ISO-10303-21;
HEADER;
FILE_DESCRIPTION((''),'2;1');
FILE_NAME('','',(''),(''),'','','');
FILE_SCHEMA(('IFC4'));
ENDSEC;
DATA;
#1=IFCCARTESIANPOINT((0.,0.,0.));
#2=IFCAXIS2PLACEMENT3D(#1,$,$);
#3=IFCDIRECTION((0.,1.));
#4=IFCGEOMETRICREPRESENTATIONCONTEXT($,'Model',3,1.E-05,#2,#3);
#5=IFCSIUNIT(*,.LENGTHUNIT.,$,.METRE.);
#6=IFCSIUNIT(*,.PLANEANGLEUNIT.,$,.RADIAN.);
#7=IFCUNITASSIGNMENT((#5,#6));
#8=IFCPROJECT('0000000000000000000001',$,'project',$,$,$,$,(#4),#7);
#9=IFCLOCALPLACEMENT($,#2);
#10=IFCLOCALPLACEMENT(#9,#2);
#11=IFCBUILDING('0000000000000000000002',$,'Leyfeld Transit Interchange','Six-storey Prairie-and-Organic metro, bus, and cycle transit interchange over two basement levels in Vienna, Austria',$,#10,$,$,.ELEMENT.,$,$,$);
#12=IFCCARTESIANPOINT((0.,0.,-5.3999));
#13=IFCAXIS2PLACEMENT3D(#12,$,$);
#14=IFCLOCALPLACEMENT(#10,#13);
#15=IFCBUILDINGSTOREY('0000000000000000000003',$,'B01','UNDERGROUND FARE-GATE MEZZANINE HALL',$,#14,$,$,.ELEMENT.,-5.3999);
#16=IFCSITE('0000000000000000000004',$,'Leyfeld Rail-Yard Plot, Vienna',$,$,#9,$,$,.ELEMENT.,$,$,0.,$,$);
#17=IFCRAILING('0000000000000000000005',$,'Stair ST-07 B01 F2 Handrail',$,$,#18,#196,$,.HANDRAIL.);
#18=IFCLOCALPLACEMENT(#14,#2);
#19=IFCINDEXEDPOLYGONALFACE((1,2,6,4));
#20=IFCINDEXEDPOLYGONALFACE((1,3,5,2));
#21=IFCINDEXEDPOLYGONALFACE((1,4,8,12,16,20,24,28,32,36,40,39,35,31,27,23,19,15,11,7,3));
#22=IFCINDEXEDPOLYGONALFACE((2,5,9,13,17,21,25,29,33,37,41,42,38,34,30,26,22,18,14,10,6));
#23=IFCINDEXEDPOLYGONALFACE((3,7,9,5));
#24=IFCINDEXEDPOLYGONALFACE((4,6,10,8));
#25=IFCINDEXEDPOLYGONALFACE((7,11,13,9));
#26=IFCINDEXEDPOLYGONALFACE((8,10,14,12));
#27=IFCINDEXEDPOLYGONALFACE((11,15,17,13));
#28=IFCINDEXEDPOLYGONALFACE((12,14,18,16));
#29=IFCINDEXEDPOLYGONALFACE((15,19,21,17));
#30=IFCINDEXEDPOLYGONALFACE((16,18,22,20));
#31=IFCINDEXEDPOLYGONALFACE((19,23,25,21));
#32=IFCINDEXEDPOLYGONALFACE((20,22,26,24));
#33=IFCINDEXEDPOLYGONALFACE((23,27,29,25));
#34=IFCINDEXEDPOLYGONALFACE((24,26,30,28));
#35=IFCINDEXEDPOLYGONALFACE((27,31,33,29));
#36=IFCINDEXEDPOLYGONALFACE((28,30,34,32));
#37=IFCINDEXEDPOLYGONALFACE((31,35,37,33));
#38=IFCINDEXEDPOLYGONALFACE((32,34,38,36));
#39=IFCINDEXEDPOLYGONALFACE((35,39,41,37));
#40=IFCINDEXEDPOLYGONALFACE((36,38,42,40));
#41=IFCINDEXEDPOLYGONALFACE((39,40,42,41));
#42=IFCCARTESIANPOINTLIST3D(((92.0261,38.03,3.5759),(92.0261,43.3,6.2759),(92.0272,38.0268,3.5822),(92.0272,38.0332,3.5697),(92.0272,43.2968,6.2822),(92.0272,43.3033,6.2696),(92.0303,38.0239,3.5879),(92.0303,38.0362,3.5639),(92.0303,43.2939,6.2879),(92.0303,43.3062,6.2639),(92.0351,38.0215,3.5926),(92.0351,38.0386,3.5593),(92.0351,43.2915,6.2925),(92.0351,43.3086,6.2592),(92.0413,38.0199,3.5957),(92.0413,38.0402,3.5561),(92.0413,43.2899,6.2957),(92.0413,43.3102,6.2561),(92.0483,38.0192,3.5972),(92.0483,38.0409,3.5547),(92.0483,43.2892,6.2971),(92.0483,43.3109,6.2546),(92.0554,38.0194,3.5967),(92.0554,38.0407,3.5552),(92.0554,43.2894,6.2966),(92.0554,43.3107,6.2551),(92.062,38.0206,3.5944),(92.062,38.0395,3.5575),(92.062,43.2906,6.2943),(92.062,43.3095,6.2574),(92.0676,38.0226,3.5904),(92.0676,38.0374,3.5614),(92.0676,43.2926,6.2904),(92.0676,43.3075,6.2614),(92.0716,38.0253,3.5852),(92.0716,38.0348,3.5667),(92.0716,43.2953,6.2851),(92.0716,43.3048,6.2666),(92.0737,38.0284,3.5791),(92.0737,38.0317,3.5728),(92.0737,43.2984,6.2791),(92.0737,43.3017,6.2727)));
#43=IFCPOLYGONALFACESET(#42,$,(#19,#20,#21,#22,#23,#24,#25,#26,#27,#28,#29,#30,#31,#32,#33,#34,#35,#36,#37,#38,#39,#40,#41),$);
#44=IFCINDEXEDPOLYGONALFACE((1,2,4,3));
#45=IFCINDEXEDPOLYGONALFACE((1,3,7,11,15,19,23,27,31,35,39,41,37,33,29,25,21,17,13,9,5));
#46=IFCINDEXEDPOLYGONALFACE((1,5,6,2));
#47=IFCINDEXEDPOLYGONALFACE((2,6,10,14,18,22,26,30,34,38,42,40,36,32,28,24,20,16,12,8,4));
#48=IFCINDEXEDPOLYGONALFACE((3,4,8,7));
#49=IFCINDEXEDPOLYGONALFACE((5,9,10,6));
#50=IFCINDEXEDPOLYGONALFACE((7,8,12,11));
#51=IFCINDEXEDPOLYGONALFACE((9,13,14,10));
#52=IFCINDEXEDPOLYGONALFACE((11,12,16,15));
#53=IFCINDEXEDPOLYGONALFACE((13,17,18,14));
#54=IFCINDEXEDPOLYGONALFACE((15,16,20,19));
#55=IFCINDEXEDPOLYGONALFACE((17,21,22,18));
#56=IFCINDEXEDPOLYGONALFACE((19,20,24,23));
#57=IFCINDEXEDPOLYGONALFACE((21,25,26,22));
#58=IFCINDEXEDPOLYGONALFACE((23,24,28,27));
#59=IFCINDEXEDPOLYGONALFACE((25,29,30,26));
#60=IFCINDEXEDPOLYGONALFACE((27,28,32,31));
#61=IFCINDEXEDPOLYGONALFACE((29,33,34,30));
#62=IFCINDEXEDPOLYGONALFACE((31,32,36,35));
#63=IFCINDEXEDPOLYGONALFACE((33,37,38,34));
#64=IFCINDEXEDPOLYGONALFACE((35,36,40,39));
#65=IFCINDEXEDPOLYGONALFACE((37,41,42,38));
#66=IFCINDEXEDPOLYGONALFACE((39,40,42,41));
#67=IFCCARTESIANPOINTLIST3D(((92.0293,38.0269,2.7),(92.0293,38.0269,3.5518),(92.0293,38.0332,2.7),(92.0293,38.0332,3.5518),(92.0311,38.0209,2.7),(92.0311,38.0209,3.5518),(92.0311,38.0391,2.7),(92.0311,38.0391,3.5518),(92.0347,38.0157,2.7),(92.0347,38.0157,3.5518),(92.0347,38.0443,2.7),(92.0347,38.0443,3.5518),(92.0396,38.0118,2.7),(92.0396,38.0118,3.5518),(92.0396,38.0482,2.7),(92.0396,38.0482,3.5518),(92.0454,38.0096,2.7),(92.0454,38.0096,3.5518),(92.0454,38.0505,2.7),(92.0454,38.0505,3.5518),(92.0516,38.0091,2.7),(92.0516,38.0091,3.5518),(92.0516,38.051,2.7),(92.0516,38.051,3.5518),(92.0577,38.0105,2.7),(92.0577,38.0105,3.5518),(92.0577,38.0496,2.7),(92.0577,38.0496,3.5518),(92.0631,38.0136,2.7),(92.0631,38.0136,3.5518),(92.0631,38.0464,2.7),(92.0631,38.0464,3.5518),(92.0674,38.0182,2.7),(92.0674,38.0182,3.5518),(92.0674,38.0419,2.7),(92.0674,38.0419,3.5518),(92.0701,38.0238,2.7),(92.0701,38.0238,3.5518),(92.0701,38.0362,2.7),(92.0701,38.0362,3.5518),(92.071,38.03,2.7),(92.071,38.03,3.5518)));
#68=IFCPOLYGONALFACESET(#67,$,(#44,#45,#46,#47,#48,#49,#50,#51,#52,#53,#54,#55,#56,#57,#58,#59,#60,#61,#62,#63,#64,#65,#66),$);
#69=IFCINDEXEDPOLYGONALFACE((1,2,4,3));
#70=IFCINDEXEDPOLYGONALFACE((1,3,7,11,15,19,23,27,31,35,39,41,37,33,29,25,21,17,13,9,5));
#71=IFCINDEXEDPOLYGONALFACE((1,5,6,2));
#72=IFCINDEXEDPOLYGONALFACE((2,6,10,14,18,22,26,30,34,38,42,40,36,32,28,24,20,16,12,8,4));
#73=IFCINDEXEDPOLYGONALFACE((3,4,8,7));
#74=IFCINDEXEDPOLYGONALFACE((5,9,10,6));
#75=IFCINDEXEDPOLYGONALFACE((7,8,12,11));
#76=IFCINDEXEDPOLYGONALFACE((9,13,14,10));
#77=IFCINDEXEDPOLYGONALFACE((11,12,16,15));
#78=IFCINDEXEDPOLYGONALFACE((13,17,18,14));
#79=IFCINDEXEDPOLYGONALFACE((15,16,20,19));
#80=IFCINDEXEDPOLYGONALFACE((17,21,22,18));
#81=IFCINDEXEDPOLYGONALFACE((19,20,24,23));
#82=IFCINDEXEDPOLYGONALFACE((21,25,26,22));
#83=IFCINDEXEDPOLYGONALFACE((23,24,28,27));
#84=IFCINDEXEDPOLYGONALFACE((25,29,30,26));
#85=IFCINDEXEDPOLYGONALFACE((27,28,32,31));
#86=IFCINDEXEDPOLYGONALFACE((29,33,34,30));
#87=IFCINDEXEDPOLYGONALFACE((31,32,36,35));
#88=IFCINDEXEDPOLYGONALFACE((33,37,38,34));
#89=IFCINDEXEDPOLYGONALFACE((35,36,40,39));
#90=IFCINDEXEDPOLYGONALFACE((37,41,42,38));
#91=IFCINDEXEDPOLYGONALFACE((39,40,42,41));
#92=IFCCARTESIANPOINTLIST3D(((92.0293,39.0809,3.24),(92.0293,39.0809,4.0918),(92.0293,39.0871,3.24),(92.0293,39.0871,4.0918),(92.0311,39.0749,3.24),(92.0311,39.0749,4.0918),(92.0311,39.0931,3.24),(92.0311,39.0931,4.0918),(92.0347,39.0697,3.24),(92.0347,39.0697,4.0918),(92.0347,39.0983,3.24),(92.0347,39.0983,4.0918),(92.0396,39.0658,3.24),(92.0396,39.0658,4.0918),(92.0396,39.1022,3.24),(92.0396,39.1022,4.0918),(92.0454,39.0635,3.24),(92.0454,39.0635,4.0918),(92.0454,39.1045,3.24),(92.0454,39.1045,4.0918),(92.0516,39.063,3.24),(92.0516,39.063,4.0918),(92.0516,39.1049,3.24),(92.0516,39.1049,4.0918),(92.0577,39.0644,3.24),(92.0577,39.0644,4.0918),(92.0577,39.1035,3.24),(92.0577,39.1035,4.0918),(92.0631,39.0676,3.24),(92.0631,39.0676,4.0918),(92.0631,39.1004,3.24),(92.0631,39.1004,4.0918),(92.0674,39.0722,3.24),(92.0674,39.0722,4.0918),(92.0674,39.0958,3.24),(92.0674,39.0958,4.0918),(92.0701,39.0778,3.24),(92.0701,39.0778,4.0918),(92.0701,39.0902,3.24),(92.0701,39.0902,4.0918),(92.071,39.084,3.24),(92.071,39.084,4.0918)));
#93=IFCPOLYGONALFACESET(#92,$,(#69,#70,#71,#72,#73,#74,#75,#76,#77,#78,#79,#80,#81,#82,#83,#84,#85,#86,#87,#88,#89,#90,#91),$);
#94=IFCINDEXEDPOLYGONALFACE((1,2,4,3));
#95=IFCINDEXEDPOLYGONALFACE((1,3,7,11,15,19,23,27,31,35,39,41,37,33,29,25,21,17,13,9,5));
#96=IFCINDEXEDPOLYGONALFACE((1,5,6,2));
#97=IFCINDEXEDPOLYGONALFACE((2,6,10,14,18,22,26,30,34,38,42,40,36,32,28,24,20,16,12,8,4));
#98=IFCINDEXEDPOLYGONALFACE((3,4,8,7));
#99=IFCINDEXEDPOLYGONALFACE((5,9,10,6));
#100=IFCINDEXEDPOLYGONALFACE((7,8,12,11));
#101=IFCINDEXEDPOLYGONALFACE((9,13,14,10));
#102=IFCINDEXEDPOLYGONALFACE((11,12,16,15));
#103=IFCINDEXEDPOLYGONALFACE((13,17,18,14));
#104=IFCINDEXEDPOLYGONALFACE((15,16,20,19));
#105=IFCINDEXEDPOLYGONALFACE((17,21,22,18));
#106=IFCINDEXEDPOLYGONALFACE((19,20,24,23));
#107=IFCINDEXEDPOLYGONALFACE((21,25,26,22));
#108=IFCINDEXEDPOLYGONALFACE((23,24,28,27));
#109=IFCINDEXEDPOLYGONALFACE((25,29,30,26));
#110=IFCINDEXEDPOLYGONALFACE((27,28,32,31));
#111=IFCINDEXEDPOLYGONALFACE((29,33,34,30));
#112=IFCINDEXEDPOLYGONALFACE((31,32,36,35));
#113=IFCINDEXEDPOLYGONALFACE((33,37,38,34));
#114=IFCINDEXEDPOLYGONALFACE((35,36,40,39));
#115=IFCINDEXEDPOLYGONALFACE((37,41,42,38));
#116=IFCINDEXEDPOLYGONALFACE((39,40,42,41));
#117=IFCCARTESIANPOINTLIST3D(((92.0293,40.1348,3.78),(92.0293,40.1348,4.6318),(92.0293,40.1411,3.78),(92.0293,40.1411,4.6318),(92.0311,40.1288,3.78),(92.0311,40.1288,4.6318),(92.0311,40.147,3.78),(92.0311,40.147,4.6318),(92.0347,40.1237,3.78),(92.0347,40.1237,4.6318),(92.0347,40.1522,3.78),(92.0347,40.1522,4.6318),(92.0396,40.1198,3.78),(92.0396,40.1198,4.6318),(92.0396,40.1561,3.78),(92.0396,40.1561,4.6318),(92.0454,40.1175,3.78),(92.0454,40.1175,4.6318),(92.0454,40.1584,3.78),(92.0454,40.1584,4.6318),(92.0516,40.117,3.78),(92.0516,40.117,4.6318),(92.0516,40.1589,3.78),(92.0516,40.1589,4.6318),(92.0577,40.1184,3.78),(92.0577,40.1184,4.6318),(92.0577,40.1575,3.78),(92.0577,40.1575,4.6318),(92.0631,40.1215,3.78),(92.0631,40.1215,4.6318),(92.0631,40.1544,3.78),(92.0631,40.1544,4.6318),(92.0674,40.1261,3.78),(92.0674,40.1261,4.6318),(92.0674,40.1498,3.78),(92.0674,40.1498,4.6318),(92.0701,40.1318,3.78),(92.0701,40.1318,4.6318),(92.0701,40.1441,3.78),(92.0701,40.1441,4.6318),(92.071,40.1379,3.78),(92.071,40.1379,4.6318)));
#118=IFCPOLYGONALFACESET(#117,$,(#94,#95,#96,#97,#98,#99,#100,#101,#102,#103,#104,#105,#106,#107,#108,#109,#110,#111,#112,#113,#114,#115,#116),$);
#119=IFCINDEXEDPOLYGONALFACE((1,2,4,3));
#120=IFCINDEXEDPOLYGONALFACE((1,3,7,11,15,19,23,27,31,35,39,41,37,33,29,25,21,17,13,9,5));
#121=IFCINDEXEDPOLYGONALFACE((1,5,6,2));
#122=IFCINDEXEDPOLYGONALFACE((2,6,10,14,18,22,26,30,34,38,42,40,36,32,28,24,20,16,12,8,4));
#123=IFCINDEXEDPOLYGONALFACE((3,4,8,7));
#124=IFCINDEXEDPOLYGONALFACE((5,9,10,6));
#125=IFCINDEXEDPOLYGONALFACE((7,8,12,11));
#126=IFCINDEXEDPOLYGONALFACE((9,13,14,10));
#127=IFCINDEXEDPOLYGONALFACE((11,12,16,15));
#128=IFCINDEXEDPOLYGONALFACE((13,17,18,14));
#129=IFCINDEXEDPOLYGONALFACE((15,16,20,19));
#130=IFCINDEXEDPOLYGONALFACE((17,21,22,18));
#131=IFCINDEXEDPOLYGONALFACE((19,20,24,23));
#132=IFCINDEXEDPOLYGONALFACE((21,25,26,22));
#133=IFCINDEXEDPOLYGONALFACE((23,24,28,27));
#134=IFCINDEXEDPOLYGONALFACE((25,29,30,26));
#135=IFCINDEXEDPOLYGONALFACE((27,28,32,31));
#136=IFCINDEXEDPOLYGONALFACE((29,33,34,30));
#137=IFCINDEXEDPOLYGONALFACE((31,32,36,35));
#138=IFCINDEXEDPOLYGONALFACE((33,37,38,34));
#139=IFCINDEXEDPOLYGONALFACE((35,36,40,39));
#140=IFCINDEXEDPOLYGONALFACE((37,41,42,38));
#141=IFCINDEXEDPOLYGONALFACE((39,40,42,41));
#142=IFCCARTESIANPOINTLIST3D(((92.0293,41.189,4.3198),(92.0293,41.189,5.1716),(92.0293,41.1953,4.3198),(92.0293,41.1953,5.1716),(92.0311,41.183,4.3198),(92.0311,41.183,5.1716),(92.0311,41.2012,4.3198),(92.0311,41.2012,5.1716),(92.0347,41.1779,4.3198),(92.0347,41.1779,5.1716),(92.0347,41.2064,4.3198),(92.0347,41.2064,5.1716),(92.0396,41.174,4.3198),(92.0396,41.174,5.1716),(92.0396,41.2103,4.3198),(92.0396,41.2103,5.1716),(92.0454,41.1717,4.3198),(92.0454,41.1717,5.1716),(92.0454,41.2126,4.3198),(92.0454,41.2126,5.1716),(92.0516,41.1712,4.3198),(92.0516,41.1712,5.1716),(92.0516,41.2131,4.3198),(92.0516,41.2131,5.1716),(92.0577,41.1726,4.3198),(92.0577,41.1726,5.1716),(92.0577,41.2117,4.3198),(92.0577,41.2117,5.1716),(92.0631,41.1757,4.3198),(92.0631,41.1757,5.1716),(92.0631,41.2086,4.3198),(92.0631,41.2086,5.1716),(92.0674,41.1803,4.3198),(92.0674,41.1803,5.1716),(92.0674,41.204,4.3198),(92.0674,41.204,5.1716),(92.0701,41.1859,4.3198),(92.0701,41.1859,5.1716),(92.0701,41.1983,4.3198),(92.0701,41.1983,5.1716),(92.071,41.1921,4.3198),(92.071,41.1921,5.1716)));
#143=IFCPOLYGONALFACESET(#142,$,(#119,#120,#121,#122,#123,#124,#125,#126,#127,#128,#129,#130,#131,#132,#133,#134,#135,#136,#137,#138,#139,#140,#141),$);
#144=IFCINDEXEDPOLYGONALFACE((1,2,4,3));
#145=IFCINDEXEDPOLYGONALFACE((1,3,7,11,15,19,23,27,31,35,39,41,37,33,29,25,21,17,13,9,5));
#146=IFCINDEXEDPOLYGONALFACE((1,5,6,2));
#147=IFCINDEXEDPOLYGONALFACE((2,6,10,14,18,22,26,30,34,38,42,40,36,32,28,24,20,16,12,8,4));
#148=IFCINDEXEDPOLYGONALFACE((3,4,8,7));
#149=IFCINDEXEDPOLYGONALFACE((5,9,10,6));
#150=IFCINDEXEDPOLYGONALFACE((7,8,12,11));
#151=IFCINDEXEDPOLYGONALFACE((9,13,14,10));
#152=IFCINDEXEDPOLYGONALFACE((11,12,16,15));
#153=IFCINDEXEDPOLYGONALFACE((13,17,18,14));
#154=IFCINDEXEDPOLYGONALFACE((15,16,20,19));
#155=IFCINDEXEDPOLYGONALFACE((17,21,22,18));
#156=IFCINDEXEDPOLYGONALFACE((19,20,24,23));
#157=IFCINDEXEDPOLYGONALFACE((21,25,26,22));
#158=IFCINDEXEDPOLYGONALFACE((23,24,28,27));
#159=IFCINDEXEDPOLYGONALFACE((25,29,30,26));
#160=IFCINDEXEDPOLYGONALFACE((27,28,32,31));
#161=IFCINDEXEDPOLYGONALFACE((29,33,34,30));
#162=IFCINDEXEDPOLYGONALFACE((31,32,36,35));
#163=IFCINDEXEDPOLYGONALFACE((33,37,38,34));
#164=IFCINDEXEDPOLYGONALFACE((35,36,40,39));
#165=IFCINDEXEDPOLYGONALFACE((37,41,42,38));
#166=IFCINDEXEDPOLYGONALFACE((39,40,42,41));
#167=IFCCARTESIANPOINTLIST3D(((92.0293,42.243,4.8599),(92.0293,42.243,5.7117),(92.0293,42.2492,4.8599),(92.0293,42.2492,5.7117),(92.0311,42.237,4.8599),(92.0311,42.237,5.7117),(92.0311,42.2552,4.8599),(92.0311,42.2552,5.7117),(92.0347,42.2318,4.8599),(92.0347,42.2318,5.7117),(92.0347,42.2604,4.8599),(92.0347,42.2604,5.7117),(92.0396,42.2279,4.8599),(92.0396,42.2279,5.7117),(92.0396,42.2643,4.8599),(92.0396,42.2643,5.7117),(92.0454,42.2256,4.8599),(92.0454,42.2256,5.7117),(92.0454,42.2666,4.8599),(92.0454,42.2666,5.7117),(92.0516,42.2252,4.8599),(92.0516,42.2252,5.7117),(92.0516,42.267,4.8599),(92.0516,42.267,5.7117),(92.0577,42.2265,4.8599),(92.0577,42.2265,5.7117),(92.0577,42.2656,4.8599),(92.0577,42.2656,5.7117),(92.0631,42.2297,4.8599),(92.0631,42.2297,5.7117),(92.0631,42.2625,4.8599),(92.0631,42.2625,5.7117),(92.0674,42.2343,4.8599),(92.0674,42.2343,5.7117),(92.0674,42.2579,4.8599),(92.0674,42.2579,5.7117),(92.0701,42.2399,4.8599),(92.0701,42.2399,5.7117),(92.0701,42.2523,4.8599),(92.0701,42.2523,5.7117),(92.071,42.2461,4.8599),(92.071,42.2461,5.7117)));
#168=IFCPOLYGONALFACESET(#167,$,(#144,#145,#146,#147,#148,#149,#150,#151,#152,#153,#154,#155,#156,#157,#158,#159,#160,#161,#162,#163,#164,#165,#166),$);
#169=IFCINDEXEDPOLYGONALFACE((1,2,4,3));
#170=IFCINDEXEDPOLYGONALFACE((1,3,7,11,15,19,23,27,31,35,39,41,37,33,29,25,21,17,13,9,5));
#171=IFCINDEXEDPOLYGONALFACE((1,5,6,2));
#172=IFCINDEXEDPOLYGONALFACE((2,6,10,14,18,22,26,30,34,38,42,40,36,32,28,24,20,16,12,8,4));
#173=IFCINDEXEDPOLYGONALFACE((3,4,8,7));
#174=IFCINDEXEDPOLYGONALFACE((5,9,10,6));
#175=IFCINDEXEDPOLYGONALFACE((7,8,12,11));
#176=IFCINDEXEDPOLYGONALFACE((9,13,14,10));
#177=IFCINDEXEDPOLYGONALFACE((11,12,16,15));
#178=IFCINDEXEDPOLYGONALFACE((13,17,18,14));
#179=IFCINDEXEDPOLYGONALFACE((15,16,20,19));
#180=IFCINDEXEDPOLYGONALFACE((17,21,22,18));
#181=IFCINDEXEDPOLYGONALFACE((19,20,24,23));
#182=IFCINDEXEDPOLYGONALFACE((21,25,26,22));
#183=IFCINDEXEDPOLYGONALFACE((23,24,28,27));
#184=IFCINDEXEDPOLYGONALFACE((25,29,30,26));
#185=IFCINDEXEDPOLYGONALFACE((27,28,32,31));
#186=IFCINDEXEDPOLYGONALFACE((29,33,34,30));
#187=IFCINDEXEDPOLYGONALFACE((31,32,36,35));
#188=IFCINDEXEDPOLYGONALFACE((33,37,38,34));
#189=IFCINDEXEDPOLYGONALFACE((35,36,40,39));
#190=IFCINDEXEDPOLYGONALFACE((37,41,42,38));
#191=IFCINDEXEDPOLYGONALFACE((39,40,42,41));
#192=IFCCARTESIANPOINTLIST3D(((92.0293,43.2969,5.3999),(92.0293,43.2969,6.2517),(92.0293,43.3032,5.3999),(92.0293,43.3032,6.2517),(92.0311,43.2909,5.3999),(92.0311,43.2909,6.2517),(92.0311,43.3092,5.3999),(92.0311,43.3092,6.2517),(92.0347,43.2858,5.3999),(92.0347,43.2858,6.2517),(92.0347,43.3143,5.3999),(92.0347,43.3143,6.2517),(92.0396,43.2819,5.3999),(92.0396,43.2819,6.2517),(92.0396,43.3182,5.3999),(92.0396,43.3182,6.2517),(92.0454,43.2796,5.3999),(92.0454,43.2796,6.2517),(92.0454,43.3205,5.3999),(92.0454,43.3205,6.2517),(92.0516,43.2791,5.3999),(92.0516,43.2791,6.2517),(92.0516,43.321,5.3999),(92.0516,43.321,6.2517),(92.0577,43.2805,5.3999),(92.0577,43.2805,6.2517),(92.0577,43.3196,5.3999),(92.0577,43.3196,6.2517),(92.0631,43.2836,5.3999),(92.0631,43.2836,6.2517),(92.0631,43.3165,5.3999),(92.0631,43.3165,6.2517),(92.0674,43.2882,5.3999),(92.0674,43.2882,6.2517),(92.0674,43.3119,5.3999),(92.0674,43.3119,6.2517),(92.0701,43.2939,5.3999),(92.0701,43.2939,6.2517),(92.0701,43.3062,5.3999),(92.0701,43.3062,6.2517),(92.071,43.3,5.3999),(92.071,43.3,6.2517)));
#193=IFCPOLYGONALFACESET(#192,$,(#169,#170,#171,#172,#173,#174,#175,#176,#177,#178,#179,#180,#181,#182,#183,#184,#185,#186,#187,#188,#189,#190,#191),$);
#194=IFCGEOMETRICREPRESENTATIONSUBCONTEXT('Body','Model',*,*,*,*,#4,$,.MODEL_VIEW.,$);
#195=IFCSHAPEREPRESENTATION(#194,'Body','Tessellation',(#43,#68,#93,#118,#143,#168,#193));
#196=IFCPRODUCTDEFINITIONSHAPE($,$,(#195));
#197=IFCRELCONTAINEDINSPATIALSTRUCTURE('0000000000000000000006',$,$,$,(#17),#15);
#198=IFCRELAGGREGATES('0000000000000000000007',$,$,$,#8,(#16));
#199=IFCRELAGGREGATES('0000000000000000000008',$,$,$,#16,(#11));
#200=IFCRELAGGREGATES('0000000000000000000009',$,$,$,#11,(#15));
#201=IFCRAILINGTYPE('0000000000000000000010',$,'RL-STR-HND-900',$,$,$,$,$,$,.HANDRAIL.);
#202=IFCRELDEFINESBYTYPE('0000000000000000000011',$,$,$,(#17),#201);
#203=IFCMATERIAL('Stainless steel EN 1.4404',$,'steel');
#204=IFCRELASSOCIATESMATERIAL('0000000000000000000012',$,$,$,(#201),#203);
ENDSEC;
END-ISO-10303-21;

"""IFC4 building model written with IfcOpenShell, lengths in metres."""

from ifc_helpers import new_model, si_unit, direction, frame, origin, origin_2d, place, context, subcontext, project, spatial, circle, extrude, material, type_object, element, save


model = new_model("IFC4")

# Units and contexts
model_context = context("Model", 3, precision=1e-05, world=origin(), true_north=direction((0.0, 1.0)))
body_context = subcontext(model_context, "Body", "Model", "MODEL_VIEW")
ifc_project = project(units=[si_unit("LENGTHUNIT", "METRE"), si_unit("PLANEANGLEUNIT", "RADIAN")], contexts=[model_context])

# Site, building, storey
site_placement = place(None, origin())
site = spatial("IfcSite", under=ifc_project, at=site_placement, Name="Leyfeld Rail-Yard Plot, Vienna", CompositionType="ELEMENT", RefElevation=0.0)
building_placement = place(site_placement, origin())
building = spatial("IfcBuilding", under=site, at=building_placement, Name="Leyfeld Transit Interchange", Description="Six-storey Prairie-and-Organic metro, bus, and cycle transit interchange over two basement levels in Vienna, Austria", CompositionType="ELEMENT")
storey_placement = place(building_placement, frame((0.0, 0.0, -5.3999)))
storey = spatial("IfcBuildingStorey", under=building, at=storey_placement, Name="B01", Description="UNDERGROUND FARE-GATE MEZZANINE HALL", CompositionType="ELEMENT", Elevation=-5.3999)

# Railing
ifc_material_1 = material(Name="Stainless steel EN 1.4404", Category="steel")
railing_type_1 = type_object("IfcRailingType", Name="RL-STR-HND-900", PredefinedType="HANDRAIL", material=ifc_material_1)
railing_1_placement = place(storey_placement, frame((92.05, 38.03, 2.7)))
element("IfcRailing", 1, at=railing_1_placement, inside=storey, type_object=railing_type_1, Name="Stair ST-07 B01 F2 Handrail", PredefinedType="HANDRAIL", context=body_context, shape_type="SweptSolid", body=[
    extrude(circle(Radius=0.0239, at=origin_2d()), frame((0.0, 0.0, 0.876), z_axis=(0.0, 0.889997, 0.455966), x_axis=(-1.0, 0.0, 0.0)), (0.0, 0.0, 1.0), 5.9214),
    extrude(circle(Radius=0.021, at=origin_2d()), origin(), (0.0, 0.0, 1.0), 0.8518),
    extrude(circle(Radius=0.021, at=origin_2d()), frame((0.0, 1.054, 0.54)), (0.0, 0.0, 1.0), 0.8518),
    extrude(circle(Radius=0.021, at=origin_2d()), frame((0.0, 2.1079, 1.0801)), (0.0, 0.0, 1.0), 0.8518),
    extrude(circle(Radius=0.021, at=origin_2d()), frame((0.0, 3.1621, 1.6199)), (0.0, 0.0, 1.0), 0.8518),
    extrude(circle(Radius=0.021, at=origin_2d()), frame((0.0, 4.2161, 2.1599)), (0.0, 0.0, 1.0), 0.8518),
    extrude(circle(Radius=0.021, at=origin_2d()), frame((0.0, 5.27, 2.7)), (0.0, 0.0, 1.0), 0.8518),
])

save(model, "model.ifc")
